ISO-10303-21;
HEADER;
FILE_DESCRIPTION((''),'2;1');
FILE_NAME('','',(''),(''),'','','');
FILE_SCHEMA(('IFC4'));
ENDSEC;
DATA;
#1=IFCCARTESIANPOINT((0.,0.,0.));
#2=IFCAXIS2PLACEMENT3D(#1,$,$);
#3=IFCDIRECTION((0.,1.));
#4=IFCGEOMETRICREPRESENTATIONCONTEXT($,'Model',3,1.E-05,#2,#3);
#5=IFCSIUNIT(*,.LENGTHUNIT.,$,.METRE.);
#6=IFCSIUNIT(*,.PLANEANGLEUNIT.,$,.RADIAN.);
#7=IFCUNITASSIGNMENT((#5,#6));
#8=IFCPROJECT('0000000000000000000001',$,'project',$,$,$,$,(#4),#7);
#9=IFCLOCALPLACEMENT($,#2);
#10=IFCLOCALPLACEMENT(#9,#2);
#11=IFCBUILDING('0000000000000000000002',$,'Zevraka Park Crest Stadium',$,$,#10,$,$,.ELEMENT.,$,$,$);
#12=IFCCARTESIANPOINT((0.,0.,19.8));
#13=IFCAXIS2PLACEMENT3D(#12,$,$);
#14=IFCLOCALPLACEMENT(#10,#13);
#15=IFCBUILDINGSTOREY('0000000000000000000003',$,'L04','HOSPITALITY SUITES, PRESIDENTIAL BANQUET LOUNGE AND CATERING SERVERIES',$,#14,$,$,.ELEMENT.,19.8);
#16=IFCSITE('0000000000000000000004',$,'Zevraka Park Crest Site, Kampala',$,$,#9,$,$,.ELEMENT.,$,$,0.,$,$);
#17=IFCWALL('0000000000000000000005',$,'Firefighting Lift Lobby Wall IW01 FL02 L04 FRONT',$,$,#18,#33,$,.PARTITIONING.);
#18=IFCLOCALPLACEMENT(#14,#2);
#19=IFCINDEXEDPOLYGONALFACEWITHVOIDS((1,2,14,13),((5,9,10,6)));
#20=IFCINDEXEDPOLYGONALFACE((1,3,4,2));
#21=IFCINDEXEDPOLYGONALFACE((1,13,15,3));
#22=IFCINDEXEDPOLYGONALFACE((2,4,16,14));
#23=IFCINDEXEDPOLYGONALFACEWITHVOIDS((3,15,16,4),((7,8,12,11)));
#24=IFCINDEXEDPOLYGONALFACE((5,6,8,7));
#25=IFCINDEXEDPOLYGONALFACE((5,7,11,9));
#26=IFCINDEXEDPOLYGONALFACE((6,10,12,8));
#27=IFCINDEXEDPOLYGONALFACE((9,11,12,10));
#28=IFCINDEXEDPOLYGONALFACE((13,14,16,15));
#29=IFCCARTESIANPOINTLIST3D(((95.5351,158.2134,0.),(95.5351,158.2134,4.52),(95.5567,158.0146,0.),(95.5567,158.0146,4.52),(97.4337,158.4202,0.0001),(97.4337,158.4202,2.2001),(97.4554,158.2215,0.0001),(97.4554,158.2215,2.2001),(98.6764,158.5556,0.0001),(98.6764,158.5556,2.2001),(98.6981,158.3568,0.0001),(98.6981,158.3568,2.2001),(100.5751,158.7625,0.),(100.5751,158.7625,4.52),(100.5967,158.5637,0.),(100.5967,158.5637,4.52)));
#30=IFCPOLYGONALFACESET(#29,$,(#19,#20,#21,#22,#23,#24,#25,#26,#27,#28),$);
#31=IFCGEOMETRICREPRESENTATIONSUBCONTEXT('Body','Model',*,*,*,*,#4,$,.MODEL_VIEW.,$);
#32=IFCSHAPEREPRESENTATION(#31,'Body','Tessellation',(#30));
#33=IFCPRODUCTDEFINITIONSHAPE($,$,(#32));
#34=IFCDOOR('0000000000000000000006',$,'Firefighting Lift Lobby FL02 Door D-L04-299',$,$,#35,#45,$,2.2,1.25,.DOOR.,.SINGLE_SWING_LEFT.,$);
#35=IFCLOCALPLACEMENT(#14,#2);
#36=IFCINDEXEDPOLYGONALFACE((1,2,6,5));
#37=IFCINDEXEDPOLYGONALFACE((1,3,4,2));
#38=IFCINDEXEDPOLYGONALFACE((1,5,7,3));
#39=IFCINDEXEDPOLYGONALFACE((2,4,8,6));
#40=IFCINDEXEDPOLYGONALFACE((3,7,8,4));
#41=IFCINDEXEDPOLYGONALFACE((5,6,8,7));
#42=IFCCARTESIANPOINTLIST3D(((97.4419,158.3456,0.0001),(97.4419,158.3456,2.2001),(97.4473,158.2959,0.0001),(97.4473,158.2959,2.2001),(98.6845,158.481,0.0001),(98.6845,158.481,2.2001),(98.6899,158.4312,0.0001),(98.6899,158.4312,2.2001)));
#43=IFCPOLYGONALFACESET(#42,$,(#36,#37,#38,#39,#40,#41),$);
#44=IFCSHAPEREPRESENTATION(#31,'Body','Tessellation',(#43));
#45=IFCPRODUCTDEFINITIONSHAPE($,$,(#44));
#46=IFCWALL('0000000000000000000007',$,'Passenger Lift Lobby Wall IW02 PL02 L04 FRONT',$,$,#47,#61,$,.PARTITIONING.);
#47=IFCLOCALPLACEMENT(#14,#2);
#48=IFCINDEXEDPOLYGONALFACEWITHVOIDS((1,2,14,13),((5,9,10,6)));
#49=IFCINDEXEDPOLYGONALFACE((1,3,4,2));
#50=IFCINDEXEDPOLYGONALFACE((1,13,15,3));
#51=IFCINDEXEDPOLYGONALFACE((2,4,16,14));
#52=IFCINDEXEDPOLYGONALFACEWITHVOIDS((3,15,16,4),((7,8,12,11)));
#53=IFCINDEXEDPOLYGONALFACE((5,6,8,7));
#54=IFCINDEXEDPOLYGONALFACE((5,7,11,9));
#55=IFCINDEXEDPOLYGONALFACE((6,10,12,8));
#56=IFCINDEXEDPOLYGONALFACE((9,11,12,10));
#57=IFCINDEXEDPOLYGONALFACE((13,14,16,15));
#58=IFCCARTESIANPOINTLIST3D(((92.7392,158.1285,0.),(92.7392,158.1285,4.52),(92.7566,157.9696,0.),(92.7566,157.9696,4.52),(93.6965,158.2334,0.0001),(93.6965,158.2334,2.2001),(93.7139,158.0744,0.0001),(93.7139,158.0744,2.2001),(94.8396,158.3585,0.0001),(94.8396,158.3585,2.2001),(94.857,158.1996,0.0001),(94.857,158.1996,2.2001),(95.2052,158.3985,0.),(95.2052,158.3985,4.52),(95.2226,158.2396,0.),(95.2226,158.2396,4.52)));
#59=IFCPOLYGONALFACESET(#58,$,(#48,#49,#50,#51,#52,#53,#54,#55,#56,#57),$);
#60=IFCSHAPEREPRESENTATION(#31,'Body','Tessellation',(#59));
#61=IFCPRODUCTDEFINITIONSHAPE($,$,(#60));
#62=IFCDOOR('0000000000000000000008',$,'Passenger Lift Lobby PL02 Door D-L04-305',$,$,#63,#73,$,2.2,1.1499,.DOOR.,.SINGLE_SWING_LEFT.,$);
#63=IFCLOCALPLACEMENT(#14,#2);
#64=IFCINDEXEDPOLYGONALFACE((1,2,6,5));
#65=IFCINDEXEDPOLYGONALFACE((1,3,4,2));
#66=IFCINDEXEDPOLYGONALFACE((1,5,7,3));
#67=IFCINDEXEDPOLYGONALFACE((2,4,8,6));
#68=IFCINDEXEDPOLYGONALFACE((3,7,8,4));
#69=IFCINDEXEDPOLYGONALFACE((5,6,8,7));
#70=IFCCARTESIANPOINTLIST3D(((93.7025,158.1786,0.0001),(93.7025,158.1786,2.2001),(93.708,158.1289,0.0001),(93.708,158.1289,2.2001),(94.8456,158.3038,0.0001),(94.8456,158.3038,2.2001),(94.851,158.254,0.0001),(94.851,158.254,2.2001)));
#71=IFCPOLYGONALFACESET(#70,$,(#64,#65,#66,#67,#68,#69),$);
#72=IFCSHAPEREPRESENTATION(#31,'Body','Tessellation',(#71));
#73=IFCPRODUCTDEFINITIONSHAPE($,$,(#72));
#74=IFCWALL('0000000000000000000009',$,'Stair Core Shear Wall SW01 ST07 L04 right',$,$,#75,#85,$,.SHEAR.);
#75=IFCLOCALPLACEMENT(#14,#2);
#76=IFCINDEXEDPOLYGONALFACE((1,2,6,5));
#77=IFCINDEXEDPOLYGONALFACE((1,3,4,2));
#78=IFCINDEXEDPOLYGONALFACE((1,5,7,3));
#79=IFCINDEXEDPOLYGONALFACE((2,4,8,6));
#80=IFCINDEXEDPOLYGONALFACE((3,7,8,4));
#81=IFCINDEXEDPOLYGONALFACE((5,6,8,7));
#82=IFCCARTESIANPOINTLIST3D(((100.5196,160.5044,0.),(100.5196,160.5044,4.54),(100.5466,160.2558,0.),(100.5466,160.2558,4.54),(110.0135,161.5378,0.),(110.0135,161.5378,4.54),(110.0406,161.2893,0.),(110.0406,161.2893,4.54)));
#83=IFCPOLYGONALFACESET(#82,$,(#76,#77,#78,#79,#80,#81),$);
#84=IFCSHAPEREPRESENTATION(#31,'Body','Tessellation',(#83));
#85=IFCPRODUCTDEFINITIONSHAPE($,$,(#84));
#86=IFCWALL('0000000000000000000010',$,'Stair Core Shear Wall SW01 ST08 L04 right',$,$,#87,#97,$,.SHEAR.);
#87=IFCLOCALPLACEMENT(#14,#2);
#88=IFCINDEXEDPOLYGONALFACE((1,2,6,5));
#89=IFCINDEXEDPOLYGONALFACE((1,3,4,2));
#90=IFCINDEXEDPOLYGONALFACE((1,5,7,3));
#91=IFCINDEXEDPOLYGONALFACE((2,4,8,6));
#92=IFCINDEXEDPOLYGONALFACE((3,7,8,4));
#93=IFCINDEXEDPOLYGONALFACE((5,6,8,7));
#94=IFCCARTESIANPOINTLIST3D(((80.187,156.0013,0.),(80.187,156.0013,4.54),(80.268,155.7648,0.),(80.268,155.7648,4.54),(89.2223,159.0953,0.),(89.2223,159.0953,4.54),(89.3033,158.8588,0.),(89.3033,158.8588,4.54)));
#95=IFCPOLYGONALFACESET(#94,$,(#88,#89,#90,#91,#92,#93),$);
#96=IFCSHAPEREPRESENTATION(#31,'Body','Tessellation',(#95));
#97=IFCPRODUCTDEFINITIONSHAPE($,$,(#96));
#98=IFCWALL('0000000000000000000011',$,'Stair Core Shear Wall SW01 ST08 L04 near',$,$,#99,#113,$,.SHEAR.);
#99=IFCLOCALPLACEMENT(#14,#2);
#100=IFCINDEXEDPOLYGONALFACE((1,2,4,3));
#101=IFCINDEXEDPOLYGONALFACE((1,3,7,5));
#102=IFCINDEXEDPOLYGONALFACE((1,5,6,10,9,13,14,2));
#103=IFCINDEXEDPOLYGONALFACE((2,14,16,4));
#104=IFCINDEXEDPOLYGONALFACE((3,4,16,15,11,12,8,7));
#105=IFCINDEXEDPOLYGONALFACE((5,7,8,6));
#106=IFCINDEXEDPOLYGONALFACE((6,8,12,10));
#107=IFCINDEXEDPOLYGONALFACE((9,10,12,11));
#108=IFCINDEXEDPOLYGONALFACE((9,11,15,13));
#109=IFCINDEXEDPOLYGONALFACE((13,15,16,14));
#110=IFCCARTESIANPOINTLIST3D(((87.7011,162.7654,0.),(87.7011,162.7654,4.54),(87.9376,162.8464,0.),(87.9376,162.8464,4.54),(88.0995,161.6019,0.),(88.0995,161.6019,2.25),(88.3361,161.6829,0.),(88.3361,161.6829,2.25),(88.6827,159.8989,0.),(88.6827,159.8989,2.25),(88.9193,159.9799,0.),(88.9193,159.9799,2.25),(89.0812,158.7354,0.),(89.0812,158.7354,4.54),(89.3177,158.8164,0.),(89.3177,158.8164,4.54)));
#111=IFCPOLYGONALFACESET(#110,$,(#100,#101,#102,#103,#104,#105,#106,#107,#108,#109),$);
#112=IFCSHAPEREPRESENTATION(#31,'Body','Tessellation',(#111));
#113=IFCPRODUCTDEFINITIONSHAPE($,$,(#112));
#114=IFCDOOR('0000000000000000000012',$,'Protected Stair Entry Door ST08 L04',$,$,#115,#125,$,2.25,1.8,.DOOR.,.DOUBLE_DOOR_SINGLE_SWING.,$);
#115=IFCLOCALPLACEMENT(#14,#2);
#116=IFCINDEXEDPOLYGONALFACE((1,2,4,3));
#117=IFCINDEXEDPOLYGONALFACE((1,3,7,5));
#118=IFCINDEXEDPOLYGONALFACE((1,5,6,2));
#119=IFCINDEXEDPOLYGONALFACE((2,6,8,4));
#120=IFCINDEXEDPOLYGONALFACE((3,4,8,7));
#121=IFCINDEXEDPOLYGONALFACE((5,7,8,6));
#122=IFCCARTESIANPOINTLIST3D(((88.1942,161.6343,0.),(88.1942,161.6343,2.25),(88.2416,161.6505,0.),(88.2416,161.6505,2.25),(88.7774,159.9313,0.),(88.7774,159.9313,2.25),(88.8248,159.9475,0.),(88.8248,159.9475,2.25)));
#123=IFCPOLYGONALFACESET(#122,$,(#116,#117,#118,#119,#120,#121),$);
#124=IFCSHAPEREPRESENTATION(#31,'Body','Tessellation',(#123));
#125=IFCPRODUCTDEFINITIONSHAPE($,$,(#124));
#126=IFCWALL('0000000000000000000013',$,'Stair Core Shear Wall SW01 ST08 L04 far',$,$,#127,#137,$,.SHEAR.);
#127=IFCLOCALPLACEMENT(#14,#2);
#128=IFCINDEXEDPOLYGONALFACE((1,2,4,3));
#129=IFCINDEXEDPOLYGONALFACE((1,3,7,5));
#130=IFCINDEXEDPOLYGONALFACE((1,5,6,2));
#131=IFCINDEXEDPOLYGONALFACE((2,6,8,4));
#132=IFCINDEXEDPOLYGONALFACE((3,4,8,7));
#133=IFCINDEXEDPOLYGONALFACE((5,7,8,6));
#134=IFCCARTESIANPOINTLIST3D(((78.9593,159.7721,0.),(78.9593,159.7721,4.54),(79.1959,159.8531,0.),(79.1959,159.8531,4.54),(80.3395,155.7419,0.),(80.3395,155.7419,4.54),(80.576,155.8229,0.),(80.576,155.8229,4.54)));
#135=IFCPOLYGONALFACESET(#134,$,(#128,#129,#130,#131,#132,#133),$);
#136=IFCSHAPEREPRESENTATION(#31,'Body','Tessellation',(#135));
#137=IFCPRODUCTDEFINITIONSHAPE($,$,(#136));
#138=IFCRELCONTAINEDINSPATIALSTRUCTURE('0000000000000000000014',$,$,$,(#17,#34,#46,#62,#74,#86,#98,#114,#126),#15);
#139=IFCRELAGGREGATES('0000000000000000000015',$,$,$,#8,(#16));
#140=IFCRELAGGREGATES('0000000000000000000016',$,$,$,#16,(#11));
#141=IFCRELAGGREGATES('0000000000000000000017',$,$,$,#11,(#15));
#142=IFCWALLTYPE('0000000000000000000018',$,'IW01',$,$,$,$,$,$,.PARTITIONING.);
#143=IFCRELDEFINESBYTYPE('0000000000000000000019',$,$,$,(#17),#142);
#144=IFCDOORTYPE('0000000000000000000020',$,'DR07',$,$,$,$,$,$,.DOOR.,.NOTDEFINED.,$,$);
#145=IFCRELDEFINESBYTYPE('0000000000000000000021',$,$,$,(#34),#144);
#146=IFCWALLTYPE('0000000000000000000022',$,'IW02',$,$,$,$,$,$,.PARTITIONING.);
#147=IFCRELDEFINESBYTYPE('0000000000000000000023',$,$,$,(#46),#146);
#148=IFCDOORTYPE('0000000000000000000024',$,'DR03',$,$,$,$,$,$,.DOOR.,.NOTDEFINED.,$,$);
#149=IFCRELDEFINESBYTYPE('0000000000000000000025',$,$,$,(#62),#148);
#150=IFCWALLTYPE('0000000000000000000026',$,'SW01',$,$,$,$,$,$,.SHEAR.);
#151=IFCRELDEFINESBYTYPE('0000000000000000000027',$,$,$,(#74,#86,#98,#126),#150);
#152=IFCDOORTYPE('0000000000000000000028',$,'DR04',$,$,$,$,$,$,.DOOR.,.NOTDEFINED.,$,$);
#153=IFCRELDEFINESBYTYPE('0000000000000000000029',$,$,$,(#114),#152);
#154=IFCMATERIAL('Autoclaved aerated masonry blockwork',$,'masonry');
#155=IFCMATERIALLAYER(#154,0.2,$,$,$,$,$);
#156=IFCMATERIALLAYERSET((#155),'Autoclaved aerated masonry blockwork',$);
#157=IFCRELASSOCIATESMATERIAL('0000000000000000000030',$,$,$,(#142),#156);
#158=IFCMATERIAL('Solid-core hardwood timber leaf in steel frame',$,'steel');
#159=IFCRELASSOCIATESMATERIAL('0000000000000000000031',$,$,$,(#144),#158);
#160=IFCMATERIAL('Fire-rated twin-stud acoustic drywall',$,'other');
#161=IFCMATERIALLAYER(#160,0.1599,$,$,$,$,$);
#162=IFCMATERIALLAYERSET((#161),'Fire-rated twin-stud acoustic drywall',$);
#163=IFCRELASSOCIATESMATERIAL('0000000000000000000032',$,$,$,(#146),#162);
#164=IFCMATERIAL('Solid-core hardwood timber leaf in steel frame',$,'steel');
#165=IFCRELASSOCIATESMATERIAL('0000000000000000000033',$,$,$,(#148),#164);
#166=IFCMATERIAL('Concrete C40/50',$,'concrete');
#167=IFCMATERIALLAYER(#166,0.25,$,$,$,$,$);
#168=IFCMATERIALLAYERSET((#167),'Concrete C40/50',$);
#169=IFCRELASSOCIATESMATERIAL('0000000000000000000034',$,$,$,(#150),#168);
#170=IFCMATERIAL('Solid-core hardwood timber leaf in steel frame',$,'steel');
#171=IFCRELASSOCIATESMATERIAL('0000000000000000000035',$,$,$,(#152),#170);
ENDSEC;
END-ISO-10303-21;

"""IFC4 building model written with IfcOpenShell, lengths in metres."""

from ifc_helpers import new_model, si_unit, direction, frame, frame_2d, origin, place, context, subcontext, project, spatial, rectangle, extrude, material, layer, layer_set, type_object, element, fill, save


model = new_model("IFC4")

# Units and contexts
model_context = context("Model", 3, precision=1e-05, world=origin(), true_north=direction((0.0, 1.0)))
body_context = subcontext(model_context, "Body", "Model", "MODEL_VIEW")
ifc_project = project(units=[si_unit("LENGTHUNIT", "METRE"), si_unit("PLANEANGLEUNIT", "RADIAN")], contexts=[model_context])

# Site, building, storey
site_placement = place(None, origin())
site = spatial("IfcSite", under=ifc_project, at=site_placement, Name="Zevraka Park Crest Site, Kampala", CompositionType="ELEMENT", RefElevation=0.0)
building_placement = place(site_placement, origin())
building = spatial("IfcBuilding", under=site, at=building_placement, Name="Zevraka Park Crest Stadium", CompositionType="ELEMENT")
storey_placement = place(building_placement, frame((0.0, 0.0, 19.8)))
storey = spatial("IfcBuildingStorey", under=building, at=storey_placement, Name="L04", Description="HOSPITALITY SUITES, PRESIDENTIAL BANQUET LOUNGE AND CATERING SERVERIES", CompositionType="ELEMENT", Elevation=19.8)

# Walls, openings, doors
ifc_material_1 = material(Name="Autoclaved aerated masonry blockwork", Category="masonry")
ifc_layer_1 = layer(ifc_material_1, 0.2)
ifc_layer_set_1 = layer_set([ifc_layer_1], Name="Autoclaved aerated masonry blockwork")
wall_type_1 = type_object("IfcWallType", Name="IW01", PredefinedType="PARTITIONING", material=ifc_layer_set_1)
wall_1_placement = place(storey_placement, frame((95.5459, 158.114, 0.0), z_axis=(0.0, 0.0, 1.0), x_axis=(0.994118, 0.108301, 0.0)))
wall_1 = element("IfcWall", 1, at=wall_1_placement, inside=storey, type_object=wall_type_1, Name="Firefighting Lift Lobby Wall IW01 FL02 L04 FRONT", PredefinedType="PARTITIONING", context=body_context, shape_type="SweptSolid", body=[
    extrude(rectangle(XDim=5.0698, YDim=0.2, at=frame_2d((2.5349, 0.0))), origin(), (0.0, 0.0, 1.0), 4.52),
])
opening_1_placement = place(wall_1_placement, frame((1.9099, 0.0, 0.0)))
opening_1 = element("IfcOpeningElement", 2, at=opening_1_placement, cuts=wall_1, PredefinedType="OPENING", context=body_context, shape_type="SweptSolid", body=[
    extrude(rectangle(XDim=1.25, YDim=2.2, at=frame_2d((0.625, 1.1001))), frame((0.0, 0.1099, 0.0), z_axis=(0.0, -1.0, 0.0), x_axis=(1.0, 0.0, 0.0)), (0.0, 0.0, 1.0), 0.22),
])
ifc_material_2 = material(Name="Solid-core hardwood timber leaf in steel frame", Category="steel")
door_type_1 = type_object("IfcDoorType", Name="DR07", OperationType="NOTDEFINED", PredefinedType="DOOR", material=ifc_material_2)
door_1_placement = place(opening_1_placement, origin())
door_1 = element("IfcDoor", 3, at=door_1_placement, inside=storey, type_object=door_type_1, Name="Firefighting Lift Lobby FL02 Door D-L04-299", OperationType="SINGLE_SWING_LEFT", OverallHeight=2.2, OverallWidth=1.25, PredefinedType="DOOR", context=body_context, shape_type="SweptSolid", body=[
    extrude(rectangle(XDim=1.25, YDim=2.2, at=frame_2d((0.625, 1.1001))), frame((0.0, 0.0249, 0.0), z_axis=(0.0, -1.0, 0.0), x_axis=(1.0, 0.0, 0.0)), (0.0, 0.0, 1.0), 0.05),
])
fill(opening_1, door_1)
ifc_material_3 = material(Name="Fire-rated twin-stud acoustic drywall", Category="other")
ifc_layer_2 = layer(ifc_material_3, 0.1599)
ifc_layer_set_2 = layer_set([ifc_layer_2], Name="Fire-rated twin-stud acoustic drywall")
wall_type_2 = type_object("IfcWallType", Name="IW02", PredefinedType="PARTITIONING", material=ifc_layer_set_2)
wall_2_placement = place(storey_placement, frame((92.748, 158.0491, 0.0), z_axis=(0.0, 0.0, 1.0), x_axis=(0.994059, 0.108844, 0.0)))
wall_2 = element("IfcWall", 4, at=wall_2_placement, inside=storey, type_object=wall_type_2, Name="Passenger Lift Lobby Wall IW02 PL02 L04 FRONT", PredefinedType="PARTITIONING", context=body_context, shape_type="SweptSolid", body=[
    extrude(rectangle(XDim=2.4807, YDim=0.1599, at=frame_2d((1.2402, 0.0))), origin(), (0.0, 0.0, 1.0), 4.52),
])
opening_2_placement = place(wall_2_placement, frame((0.9629, 0.0, 0.0)))
opening_2 = element("IfcOpeningElement", 5, at=opening_2_placement, cuts=wall_2, PredefinedType="OPENING", context=body_context, shape_type="SweptSolid", body=[
    extrude(rectangle(XDim=1.1499, YDim=2.2, at=frame_2d((0.575, 1.1001))), frame((0.0, 0.0898, 0.0), z_axis=(0.0, -1.0, 0.0), x_axis=(1.0, 0.0, 0.0)), (0.0, 0.0, 1.0), 0.1799),
])
ifc_material_4 = material(Name="Solid-core hardwood timber leaf in steel frame", Category="steel")
door_type_2 = type_object("IfcDoorType", Name="DR03", OperationType="NOTDEFINED", PredefinedType="DOOR", material=ifc_material_4)
door_2_placement = place(opening_2_placement, origin())
door_2 = element("IfcDoor", 6, at=door_2_placement, inside=storey, type_object=door_type_2, Name="Passenger Lift Lobby PL02 Door D-L04-305", OperationType="SINGLE_SWING_LEFT", OverallHeight=2.2, OverallWidth=1.1499, PredefinedType="DOOR", context=body_context, shape_type="SweptSolid", body=[
    extrude(rectangle(XDim=1.1499, YDim=2.2, at=frame_2d((0.575, 1.1001))), frame((0.0, 0.0249, 0.0), z_axis=(0.0, -1.0, 0.0), x_axis=(1.0, 0.0, 0.0)), (0.0, 0.0, 1.0), 0.05),
])
fill(opening_2, door_2)

# Walls
ifc_material_5 = material(Name="Concrete C40/50", Category="concrete")
ifc_layer_3 = layer(ifc_material_5, 0.25)
ifc_layer_set_3 = layer_set([ifc_layer_3], Name="Concrete C40/50")
wall_type_3 = type_object("IfcWallType", Name="SW01", PredefinedType="SHEAR", material=ifc_layer_set_3)
wall_3_placement = place(storey_placement, frame((100.5332, 160.3801, 0.0), z_axis=(0.0, 0.0, 1.0), x_axis=(0.994128, 0.108215, 0.0)))
element("IfcWall", 7, at=wall_3_placement, inside=storey, type_object=wall_type_3, Name="Stair Core Shear Wall SW01 ST07 L04 right", PredefinedType="SHEAR", context=body_context, shape_type="SweptSolid", body=[
    extrude(rectangle(XDim=9.55, YDim=0.25, at=frame_2d((4.7749, 0.0))), origin(), (0.0, 0.0, 1.0), 4.54),
])
wall_4_placement = place(storey_placement, frame((80.2275, 155.8831, 0.0), z_axis=(0.0, 0.0, 1.0), x_axis=(0.946067, 0.323971, 0.0)))
element("IfcWall", 8, at=wall_4_placement, inside=storey, type_object=wall_type_3, Name="Stair Core Shear Wall SW01 ST08 L04 right", PredefinedType="SHEAR", context=body_context, shape_type="SweptSolid", body=[
    extrude(rectangle(XDim=9.5503, YDim=0.25, at=frame_2d((4.7751, 0.0))), origin(), (0.0, 0.0, 1.0), 4.54),
])

# Wall, opening, door
wall_5_placement = place(storey_placement, frame((89.1995, 158.7759, 0.0), z_axis=(0.0, 0.0, 1.0), x_axis=(-0.323989, 0.946061, 0.0)))
wall_5 = element("IfcWall", 9, at=wall_5_placement, inside=storey, type_object=wall_type_3, Name="Stair Core Shear Wall SW01 ST08 L04 near", PredefinedType="SHEAR", context=body_context, shape_type="SweptSolid", body=[
    extrude(rectangle(XDim=4.2598, YDim=0.25, at=frame_2d((2.1299, 0.0))), origin(), (0.0, 0.0, 1.0), 4.54),
])
opening_3_placement = place(wall_5_placement, frame((1.23, 0.0, 0.0)))
opening_3 = element("IfcOpeningElement", 10, at=opening_3_placement, cuts=wall_5, PredefinedType="OPENING", context=body_context, shape_type="SweptSolid", body=[
    extrude(rectangle(XDim=1.8, YDim=2.25, at=frame_2d((0.8999, 1.125))), frame((0.0, 0.135, 0.0), z_axis=(0.0, -1.0, 0.0), x_axis=(1.0, 0.0, 0.0)), (0.0, 0.0, 1.0), 0.27),
])
ifc_material_6 = material(Name="Solid-core hardwood timber leaf in steel frame", Category="steel")
door_type_3 = type_object("IfcDoorType", Name="DR04", OperationType="NOTDEFINED", PredefinedType="DOOR", material=ifc_material_6)
door_3_placement = place(opening_3_placement, origin())
door_3 = element("IfcDoor", 11, at=door_3_placement, inside=storey, type_object=door_type_3, Name="Protected Stair Entry Door ST08 L04", OperationType="DOUBLE_DOOR_SINGLE_SWING", OverallHeight=2.25, OverallWidth=1.8, PredefinedType="DOOR", context=body_context, shape_type="SweptSolid", body=[
    extrude(rectangle(XDim=1.8, YDim=2.25, at=frame_2d((0.8999, 1.125))), frame((0.0, 0.0249, 0.0), z_axis=(0.0, -1.0, 0.0), x_axis=(1.0, 0.0, 0.0)), (0.0, 0.0, 1.0), 0.05),
])
fill(opening_3, door_3)

# Wall
wall_6_placement = place(storey_placement, frame((79.0776, 159.8125, 0.0), z_axis=(0.0, 0.0, 1.0), x_axis=(0.323971, -0.946067, 0.0)))
element("IfcWall", 12, at=wall_6_placement, inside=storey, type_object=wall_type_3, Name="Stair Core Shear Wall SW01 ST08 L04 far", PredefinedType="SHEAR", context=body_context, shape_type="SweptSolid", body=[
    extrude(rectangle(XDim=4.26, YDim=0.25, at=frame_2d((2.1299, 0.0))), origin(), (0.0, 0.0, 1.0), 4.54),
])

save(model, "model.ifc")
